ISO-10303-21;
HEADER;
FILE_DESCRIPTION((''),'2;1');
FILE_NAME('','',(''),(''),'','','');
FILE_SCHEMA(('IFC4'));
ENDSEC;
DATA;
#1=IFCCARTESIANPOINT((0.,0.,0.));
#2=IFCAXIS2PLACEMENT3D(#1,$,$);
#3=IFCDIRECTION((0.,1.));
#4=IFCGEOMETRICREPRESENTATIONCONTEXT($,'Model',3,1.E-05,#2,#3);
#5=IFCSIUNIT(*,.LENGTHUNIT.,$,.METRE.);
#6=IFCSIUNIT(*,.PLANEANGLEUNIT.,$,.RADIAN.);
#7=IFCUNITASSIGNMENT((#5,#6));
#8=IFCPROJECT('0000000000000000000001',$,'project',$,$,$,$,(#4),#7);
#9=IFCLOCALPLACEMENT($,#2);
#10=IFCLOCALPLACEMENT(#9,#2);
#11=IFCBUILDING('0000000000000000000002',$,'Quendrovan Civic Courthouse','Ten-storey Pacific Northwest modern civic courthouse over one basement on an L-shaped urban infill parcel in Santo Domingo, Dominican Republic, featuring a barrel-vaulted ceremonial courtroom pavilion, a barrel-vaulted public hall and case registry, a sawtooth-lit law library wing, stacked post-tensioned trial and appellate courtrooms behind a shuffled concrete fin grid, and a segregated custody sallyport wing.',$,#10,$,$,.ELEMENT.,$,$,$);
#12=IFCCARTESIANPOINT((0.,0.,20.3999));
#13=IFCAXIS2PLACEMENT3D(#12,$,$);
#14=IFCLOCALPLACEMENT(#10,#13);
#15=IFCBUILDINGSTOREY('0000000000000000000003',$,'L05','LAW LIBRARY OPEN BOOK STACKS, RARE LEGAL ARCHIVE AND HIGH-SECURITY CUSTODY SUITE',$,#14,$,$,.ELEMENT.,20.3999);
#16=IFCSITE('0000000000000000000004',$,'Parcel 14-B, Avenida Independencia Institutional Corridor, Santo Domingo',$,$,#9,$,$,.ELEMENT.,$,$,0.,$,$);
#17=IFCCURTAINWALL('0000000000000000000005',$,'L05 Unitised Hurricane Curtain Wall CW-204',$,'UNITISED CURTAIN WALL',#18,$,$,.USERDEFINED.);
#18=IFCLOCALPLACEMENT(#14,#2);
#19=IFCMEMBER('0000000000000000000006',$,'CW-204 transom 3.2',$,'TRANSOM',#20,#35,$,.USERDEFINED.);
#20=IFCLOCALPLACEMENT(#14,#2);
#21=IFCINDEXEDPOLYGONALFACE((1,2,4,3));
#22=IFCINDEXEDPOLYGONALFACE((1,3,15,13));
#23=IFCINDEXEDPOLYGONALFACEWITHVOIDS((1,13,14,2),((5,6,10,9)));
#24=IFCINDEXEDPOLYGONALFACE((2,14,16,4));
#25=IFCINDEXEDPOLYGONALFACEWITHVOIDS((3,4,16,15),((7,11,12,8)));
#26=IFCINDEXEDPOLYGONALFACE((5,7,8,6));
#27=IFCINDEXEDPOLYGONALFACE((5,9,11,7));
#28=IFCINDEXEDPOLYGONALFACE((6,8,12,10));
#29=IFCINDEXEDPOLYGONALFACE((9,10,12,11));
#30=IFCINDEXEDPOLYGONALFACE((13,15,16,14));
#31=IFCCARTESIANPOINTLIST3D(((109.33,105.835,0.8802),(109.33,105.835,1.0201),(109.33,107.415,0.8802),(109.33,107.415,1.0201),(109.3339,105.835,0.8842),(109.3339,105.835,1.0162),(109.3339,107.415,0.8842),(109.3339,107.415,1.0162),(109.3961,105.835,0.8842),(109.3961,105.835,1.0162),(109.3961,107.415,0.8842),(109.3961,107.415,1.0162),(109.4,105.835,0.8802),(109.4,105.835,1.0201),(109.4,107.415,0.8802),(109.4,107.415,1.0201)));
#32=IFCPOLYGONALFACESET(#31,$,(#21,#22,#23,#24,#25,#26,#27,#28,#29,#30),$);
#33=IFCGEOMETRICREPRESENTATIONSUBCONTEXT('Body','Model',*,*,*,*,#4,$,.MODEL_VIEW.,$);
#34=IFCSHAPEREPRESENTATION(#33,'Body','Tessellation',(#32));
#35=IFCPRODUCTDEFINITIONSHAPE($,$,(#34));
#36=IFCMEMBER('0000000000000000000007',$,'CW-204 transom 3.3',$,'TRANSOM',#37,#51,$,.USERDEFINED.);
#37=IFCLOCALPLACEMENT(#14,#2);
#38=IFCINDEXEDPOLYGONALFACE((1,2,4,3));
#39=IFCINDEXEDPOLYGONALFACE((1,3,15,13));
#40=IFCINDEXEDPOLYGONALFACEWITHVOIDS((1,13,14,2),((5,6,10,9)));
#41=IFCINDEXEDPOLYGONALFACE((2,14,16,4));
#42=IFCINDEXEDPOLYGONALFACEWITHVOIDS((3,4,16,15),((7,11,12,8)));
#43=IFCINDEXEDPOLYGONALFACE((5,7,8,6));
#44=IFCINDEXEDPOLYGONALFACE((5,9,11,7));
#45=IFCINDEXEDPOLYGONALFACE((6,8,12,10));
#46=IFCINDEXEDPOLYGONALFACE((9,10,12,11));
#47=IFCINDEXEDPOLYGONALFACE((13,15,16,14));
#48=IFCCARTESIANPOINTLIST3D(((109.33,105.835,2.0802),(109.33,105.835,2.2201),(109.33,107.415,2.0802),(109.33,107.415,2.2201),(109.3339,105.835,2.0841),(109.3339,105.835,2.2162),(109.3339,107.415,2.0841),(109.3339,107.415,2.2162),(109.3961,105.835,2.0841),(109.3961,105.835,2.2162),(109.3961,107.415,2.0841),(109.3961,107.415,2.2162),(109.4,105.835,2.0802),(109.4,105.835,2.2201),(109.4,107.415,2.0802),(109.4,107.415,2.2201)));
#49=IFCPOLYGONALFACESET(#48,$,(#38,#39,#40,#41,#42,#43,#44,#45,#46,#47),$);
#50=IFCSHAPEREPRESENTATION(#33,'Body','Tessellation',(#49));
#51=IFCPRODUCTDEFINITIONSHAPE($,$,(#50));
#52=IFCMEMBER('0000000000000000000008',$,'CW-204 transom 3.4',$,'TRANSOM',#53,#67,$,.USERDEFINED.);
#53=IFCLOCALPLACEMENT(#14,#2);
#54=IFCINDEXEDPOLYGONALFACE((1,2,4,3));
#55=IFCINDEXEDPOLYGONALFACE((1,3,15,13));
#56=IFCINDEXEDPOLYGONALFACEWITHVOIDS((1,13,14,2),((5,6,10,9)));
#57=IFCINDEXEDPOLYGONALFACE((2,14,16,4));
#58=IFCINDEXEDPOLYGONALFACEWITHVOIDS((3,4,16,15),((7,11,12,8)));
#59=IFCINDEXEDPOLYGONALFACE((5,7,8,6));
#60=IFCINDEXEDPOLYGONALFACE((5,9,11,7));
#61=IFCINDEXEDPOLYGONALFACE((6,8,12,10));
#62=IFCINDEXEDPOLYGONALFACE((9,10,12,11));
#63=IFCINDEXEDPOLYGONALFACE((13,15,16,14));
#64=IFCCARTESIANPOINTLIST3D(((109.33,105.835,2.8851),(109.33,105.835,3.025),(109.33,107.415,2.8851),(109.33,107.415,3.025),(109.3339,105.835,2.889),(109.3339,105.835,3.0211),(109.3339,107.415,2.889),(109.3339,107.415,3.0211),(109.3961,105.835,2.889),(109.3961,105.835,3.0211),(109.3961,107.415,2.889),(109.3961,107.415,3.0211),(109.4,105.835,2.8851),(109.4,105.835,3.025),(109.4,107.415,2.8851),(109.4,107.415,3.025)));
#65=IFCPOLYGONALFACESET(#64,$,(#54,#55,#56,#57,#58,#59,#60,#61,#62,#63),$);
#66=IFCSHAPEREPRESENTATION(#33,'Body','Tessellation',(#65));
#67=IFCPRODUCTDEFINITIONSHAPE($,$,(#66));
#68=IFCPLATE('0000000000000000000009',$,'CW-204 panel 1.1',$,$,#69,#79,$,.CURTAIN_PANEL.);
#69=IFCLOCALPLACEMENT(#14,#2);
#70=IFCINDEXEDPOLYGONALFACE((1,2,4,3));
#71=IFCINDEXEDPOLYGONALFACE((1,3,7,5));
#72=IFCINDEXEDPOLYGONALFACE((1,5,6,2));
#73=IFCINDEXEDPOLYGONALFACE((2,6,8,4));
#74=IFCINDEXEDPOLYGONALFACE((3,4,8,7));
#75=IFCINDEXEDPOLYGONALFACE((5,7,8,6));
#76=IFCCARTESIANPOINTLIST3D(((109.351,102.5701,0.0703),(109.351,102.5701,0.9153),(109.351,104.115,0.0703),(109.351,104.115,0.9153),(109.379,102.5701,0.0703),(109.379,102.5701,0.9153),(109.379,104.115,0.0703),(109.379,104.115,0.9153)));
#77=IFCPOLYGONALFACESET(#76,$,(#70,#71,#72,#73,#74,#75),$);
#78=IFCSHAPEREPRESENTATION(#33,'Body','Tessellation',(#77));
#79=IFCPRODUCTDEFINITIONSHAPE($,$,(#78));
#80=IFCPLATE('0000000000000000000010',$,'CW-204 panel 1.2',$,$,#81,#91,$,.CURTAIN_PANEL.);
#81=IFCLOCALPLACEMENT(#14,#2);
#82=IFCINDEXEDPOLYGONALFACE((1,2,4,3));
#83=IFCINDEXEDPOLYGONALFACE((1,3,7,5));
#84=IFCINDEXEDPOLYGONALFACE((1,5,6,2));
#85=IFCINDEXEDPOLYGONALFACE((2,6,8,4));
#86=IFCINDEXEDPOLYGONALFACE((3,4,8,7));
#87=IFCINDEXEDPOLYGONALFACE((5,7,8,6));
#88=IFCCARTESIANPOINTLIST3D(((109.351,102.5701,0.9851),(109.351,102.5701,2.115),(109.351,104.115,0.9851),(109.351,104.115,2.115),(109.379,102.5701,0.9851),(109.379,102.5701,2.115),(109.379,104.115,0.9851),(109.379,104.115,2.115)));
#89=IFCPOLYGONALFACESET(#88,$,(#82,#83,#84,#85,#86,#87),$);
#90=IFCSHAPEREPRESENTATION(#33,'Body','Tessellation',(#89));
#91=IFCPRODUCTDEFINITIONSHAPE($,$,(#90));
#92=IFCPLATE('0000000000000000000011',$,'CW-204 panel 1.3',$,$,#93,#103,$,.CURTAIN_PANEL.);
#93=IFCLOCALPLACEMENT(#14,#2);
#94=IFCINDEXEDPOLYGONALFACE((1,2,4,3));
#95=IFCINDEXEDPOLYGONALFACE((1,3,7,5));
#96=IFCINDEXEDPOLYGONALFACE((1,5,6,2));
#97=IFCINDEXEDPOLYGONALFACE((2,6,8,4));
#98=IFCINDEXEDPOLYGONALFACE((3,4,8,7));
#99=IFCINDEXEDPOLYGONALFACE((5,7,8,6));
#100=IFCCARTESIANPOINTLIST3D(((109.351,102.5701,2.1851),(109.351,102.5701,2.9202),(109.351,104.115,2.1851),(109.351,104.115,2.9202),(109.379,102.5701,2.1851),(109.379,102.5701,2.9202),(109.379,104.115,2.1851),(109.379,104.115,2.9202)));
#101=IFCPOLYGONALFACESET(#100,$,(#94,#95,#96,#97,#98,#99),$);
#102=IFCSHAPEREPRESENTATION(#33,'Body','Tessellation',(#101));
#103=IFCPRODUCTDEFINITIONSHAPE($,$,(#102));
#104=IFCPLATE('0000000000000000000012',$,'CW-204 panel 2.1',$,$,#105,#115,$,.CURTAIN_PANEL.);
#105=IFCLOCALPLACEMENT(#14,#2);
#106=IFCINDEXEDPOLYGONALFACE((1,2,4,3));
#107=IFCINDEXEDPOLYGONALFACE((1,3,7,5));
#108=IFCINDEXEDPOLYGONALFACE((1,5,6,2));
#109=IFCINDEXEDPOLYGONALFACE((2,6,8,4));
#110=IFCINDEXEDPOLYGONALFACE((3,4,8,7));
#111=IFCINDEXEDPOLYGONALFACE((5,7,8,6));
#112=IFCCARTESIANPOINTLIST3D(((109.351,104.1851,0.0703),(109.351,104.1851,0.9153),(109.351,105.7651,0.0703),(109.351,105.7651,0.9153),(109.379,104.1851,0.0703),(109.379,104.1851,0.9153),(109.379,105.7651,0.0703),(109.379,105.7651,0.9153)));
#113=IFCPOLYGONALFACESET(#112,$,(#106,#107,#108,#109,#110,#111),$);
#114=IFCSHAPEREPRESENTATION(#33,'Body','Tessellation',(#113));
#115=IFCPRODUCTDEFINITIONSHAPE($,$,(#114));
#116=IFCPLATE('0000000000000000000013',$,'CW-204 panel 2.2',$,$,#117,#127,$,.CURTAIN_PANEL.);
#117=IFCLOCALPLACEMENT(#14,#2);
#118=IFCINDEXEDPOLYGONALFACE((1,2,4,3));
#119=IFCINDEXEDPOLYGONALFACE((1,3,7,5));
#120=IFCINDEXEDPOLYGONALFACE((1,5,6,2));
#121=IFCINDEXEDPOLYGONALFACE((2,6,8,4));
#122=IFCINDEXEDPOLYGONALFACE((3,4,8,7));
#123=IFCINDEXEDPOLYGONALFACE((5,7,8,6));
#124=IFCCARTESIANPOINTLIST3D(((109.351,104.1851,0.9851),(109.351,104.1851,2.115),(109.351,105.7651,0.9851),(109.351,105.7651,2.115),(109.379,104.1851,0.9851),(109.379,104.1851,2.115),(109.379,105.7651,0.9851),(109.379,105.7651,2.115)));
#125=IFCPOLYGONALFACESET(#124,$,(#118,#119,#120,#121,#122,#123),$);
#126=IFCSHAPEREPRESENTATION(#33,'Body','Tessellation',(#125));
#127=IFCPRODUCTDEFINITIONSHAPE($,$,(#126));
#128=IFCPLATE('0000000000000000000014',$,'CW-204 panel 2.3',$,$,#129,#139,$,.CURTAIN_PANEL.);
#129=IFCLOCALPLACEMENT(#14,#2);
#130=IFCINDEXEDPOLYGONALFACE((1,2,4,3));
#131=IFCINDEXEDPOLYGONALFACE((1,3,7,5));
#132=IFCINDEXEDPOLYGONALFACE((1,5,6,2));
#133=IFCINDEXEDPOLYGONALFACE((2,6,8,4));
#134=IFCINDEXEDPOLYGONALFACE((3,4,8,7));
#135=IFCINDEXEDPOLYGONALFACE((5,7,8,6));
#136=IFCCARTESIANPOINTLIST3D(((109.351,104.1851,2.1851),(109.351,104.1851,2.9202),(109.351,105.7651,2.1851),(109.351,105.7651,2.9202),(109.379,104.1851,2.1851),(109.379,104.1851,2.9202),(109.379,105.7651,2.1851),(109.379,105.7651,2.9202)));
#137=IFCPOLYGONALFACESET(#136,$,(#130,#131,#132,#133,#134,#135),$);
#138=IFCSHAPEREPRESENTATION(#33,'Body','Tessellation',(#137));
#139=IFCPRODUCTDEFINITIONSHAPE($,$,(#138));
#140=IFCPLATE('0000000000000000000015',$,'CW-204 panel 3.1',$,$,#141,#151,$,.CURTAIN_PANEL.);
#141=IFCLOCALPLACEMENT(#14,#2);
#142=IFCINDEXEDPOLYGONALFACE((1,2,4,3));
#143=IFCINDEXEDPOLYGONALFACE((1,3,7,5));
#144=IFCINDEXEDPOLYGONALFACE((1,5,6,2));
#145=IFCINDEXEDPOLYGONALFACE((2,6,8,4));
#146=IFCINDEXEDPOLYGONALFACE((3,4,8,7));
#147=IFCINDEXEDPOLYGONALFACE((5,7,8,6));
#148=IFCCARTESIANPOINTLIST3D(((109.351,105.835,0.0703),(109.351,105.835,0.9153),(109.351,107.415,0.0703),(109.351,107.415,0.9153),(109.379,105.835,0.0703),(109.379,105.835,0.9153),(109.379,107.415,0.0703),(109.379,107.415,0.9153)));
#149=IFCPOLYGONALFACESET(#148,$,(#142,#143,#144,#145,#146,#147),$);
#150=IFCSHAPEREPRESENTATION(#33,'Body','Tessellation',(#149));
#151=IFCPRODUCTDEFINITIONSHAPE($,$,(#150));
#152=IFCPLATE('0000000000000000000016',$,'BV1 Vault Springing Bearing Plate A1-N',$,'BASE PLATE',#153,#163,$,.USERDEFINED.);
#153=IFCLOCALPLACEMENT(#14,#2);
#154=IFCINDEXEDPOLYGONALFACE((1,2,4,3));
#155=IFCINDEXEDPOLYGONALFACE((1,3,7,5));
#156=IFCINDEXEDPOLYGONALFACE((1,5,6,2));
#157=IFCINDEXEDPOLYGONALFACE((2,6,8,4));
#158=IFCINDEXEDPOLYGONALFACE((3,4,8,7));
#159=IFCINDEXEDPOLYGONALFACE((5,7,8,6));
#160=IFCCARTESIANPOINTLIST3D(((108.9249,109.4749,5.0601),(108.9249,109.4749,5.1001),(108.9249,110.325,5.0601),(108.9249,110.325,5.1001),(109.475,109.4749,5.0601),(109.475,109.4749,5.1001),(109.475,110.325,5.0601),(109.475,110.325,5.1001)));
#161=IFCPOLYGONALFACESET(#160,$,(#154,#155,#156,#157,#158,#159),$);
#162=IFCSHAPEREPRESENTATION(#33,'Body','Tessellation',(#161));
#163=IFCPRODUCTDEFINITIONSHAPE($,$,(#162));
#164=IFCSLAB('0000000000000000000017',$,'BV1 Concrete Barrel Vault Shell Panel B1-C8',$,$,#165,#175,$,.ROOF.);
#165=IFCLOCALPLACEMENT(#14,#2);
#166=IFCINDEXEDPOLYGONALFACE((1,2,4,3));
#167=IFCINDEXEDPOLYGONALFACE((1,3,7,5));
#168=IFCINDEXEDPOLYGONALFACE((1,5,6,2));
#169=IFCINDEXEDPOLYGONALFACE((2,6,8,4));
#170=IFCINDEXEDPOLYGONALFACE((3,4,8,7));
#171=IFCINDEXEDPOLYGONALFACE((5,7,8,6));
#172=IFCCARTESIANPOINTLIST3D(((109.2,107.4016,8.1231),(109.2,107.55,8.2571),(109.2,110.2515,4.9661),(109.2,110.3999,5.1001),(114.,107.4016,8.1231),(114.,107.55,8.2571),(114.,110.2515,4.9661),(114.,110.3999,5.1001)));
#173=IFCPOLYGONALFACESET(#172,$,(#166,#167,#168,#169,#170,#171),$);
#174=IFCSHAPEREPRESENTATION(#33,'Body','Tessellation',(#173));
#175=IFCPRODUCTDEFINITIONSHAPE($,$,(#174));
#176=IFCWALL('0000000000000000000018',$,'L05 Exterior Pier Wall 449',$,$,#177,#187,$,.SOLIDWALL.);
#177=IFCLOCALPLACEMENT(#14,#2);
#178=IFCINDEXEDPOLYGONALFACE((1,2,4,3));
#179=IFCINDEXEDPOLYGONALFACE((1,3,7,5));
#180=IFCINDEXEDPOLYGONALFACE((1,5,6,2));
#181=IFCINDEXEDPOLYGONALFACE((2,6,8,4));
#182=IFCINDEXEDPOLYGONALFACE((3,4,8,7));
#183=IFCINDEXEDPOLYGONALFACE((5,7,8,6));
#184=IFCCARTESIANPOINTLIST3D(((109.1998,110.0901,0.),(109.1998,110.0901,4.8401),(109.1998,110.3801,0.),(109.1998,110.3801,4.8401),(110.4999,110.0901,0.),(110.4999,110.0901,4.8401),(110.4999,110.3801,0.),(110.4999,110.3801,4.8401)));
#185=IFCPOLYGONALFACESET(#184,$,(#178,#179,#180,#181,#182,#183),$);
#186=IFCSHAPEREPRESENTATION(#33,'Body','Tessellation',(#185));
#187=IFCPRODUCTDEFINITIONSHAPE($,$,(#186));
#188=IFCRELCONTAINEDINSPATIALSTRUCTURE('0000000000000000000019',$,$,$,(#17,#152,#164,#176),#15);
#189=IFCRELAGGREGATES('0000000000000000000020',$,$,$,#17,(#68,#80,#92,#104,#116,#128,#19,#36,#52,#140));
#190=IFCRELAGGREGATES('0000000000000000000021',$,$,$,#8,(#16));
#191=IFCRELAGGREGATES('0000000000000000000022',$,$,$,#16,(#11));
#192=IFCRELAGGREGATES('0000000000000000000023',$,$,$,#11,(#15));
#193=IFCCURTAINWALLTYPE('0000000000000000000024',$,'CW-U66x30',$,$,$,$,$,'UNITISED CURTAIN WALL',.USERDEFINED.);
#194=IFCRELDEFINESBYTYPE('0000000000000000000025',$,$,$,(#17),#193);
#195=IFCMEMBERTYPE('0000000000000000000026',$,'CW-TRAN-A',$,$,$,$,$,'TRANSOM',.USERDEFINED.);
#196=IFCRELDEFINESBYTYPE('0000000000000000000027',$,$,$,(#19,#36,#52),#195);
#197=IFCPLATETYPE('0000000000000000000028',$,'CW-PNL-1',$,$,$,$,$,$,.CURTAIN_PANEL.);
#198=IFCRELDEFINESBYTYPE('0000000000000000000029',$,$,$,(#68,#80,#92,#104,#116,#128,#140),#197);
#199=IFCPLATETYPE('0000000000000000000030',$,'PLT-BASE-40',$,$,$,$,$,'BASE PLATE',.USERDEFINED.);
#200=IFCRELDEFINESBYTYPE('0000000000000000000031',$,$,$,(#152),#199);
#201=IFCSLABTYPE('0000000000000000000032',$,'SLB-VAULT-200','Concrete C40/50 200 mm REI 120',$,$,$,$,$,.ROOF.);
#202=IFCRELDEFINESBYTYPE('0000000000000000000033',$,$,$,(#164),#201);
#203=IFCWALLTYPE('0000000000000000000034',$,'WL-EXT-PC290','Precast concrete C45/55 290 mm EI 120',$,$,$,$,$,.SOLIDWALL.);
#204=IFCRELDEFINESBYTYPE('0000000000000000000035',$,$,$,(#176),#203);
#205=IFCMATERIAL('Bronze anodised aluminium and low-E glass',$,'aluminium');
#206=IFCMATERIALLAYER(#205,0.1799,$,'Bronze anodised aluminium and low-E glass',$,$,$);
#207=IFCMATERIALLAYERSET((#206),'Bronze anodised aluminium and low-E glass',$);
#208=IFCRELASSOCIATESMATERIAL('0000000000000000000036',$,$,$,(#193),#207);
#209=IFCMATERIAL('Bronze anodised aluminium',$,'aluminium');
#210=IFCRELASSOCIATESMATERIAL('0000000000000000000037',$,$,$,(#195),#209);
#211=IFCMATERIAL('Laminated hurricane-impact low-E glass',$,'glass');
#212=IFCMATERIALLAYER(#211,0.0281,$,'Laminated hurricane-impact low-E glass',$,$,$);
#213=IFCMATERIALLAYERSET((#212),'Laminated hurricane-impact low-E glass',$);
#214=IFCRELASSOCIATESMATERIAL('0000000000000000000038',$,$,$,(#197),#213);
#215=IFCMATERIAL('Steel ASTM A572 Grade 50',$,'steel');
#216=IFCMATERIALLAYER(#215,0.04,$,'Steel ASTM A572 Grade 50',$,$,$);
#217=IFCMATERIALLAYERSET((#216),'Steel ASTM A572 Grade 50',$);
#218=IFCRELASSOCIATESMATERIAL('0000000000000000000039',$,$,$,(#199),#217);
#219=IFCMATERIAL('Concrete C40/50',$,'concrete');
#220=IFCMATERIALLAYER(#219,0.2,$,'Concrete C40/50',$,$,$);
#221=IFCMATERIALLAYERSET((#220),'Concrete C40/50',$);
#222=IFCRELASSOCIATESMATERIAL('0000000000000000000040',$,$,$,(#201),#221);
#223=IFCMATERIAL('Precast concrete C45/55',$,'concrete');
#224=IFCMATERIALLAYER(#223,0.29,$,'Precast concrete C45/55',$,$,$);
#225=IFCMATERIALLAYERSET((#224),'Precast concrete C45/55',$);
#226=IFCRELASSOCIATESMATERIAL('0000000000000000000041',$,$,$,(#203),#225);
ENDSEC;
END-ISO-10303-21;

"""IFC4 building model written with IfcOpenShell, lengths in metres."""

from ifc_helpers import new_model, si_unit, direction, frame, frame_2d, origin, origin_2d, place, context, subcontext, project, spatial, polyline, rectangle, hollow_rectangle, outline, extrude, material, layer, layer_set, material_profile, profile_set, type_object, element, aggregate, save


model = new_model("IFC4")

# Units and contexts
model_context = context("Model", 3, precision=1e-05, world=origin(), true_north=direction((0.0, 1.0)))
body_context = subcontext(model_context, "Body", "Model", "MODEL_VIEW")
ifc_project = project(units=[si_unit("LENGTHUNIT", "METRE"), si_unit("PLANEANGLEUNIT", "RADIAN")], contexts=[model_context])

# Site, building, storey
site_placement = place(None, origin())
site = spatial("IfcSite", under=ifc_project, at=site_placement, Name="Parcel 14-B, Avenida Independencia Institutional Corridor, Santo Domingo", CompositionType="ELEMENT", RefElevation=0.0)
building_placement = place(site_placement, origin())
building = spatial("IfcBuilding", under=site, at=building_placement, Name="Quendrovan Civic Courthouse", Description="Ten-storey Pacific Northwest modern civic courthouse over one basement on an L-shaped urban infill parcel in Santo Domingo, Dominican Republic, featuring a barrel-vaulted ceremonial courtroom pavilion, a barrel-vaulted public hall and case registry, a sawtooth-lit law library wing, stacked post-tensioned trial and appellate courtrooms behind a shuffled concrete fin grid, and a segregated custody sallyport wing.", CompositionType="ELEMENT")
storey_placement = place(building_placement, frame((0.0, 0.0, 20.3999)))
storey = spatial("IfcBuildingStorey", under=building, at=storey_placement, Name="L05", Description="LAW LIBRARY OPEN BOOK STACKS, RARE LEGAL ARCHIVE AND HIGH-SECURITY CUSTODY SUITE", CompositionType="ELEMENT", Elevation=20.3999)

# Shared definitions
ifc_material_1 = material(Name="Concrete C40/50", Category="concrete")

# Curtain wall, members, plates
ifc_material_2 = material(Name="Bronze anodised aluminium and low-E glass", Category="aluminium")
ifc_layer_1 = layer(ifc_material_2, 0.1799, Name="Bronze anodised aluminium and low-E glass")
ifc_layer_set_1 = layer_set([ifc_layer_1], Name="Bronze anodised aluminium and low-E glass")
curtain_wall_type = type_object("IfcCurtainWallType", Name="CW-U66x30", ElementType="UNITISED CURTAIN WALL", PredefinedType="USERDEFINED", material=ifc_layer_set_1)
curtain_wall_placement = place(storey_placement, origin())
curtain_wall = element("IfcCurtainWall", 1, at=curtain_wall_placement, inside=storey, type_object=curtain_wall_type, Name="L05 Unitised Hurricane Curtain Wall CW-204", ObjectType="UNITISED CURTAIN WALL", PredefinedType="USERDEFINED")
ifc_material_3 = material(Name="Bronze anodised aluminium", Category="aluminium")
ifc_material_profile_1 = material_profile(ifc_material_3, hollow_rectangle(XDim=0.0701, YDim=0.1399, WallThickness=0.0039, at=origin_2d()), Name="CW-TRAN-70x140")
ifc_profile_set_1 = profile_set([ifc_material_profile_1], Name="Bronze anodised aluminium")
member_type_1 = type_object("IfcMemberType", Name="CW-TRAN-A", ElementType="TRANSOM", PredefinedType="USERDEFINED", material=ifc_profile_set_1)
member_1_placement = place(storey_placement, frame((109.365, 105.835, 0.9502), z_axis=(0.0, 1.0, 0.0), x_axis=(-1.0, 0.0, 0.0)))
member_1 = element("IfcMember", 2, at=member_1_placement, type_object=member_type_1, Name="CW-204 transom 3.2", ObjectType="TRANSOM", PredefinedType="USERDEFINED", context=body_context, shape_type="SweptSolid", body=[
    extrude(hollow_rectangle(XDim=0.0701, YDim=0.1399, WallThickness=0.0039, at=origin_2d()), origin(), (0.0, 0.0, 1.0), 1.5801),
])
member_2_placement = place(storey_placement, frame((109.365, 105.835, 2.1501), z_axis=(0.0, 1.0, 0.0), x_axis=(-1.0, 0.0, 0.0)))
member_2 = element("IfcMember", 3, at=member_2_placement, type_object=member_type_1, Name="CW-204 transom 3.3", ObjectType="TRANSOM", PredefinedType="USERDEFINED", context=body_context, shape_type="SweptSolid", body=[
    extrude(hollow_rectangle(XDim=0.0701, YDim=0.1399, WallThickness=0.0039, at=origin_2d()), origin(), (0.0, 0.0, 1.0), 1.5801),
])
member_3_placement = place(storey_placement, frame((109.365, 105.835, 2.9551), z_axis=(0.0, 1.0, 0.0), x_axis=(-1.0, 0.0, 0.0)))
member_3 = element("IfcMember", 4, at=member_3_placement, type_object=member_type_1, Name="CW-204 transom 3.4", ObjectType="TRANSOM", PredefinedType="USERDEFINED", context=body_context, shape_type="SweptSolid", body=[
    extrude(hollow_rectangle(XDim=0.0701, YDim=0.1399, WallThickness=0.0039, at=origin_2d()), origin(), (0.0, 0.0, 1.0), 1.5801),
])
ifc_material_4 = material(Name="Laminated hurricane-impact low-E glass", Category="glass")
ifc_layer_2 = layer(ifc_material_4, 0.0281, Name="Laminated hurricane-impact low-E glass")
ifc_layer_set_2 = layer_set([ifc_layer_2], Name="Laminated hurricane-impact low-E glass")
plate_type_1 = type_object("IfcPlateType", Name="CW-PNL-1", PredefinedType="CURTAIN_PANEL", material=ifc_layer_set_2)
plate_1_placement = place(storey_placement, frame((109.365, 103.3425, 0.0703), z_axis=(0.0, 0.0, 1.0), x_axis=(0.0, 1.0, 0.0)))
plate_1 = element("IfcPlate", 5, at=plate_1_placement, type_object=plate_type_1, Name="CW-204 panel 1.1", PredefinedType="CURTAIN_PANEL", context=body_context, shape_type="SweptSolid", body=[
    extrude(rectangle(XDim=1.5449, YDim=0.0281, at=origin_2d()), origin(), (0.0, 0.0, 1.0), 0.845),
])
plate_2_placement = place(storey_placement, frame((109.365, 103.3425, 0.9851), z_axis=(0.0, 0.0, 1.0), x_axis=(0.0, 1.0, 0.0)))
plate_2 = element("IfcPlate", 6, at=plate_2_placement, type_object=plate_type_1, Name="CW-204 panel 1.2", PredefinedType="CURTAIN_PANEL", context=body_context, shape_type="SweptSolid", body=[
    extrude(rectangle(XDim=1.5449, YDim=0.0281, at=origin_2d()), origin(), (0.0, 0.0, 1.0), 1.1299),
])
plate_3_placement = place(storey_placement, frame((109.365, 103.3425, 2.1851), z_axis=(0.0, 0.0, 1.0), x_axis=(0.0, 1.0, 0.0)))
plate_3 = element("IfcPlate", 7, at=plate_3_placement, type_object=plate_type_1, Name="CW-204 panel 1.3", PredefinedType="CURTAIN_PANEL", context=body_context, shape_type="SweptSolid", body=[
    extrude(rectangle(XDim=1.5449, YDim=0.0281, at=origin_2d()), origin(), (0.0, 0.0, 1.0), 0.7351),
])
plate_4_placement = place(storey_placement, frame((109.365, 104.9751, 0.0703), z_axis=(0.0, 0.0, 1.0), x_axis=(0.0, 1.0, 0.0)))
plate_4 = element("IfcPlate", 8, at=plate_4_placement, type_object=plate_type_1, Name="CW-204 panel 2.1", PredefinedType="CURTAIN_PANEL", context=body_context, shape_type="SweptSolid", body=[
    extrude(rectangle(XDim=1.5801, YDim=0.0281, at=origin_2d()), origin(), (0.0, 0.0, 1.0), 0.845),
])
plate_5_placement = place(storey_placement, frame((109.365, 104.9751, 0.9851), z_axis=(0.0, 0.0, 1.0), x_axis=(0.0, 1.0, 0.0)))
plate_5 = element("IfcPlate", 9, at=plate_5_placement, type_object=plate_type_1, Name="CW-204 panel 2.2", PredefinedType="CURTAIN_PANEL", context=body_context, shape_type="SweptSolid", body=[
    extrude(rectangle(XDim=1.5801, YDim=0.0281, at=origin_2d()), origin(), (0.0, 0.0, 1.0), 1.1299),
])
plate_6_placement = place(storey_placement, frame((109.365, 104.9751, 2.1851), z_axis=(0.0, 0.0, 1.0), x_axis=(0.0, 1.0, 0.0)))
plate_6 = element("IfcPlate", 10, at=plate_6_placement, type_object=plate_type_1, Name="CW-204 panel 2.3", PredefinedType="CURTAIN_PANEL", context=body_context, shape_type="SweptSolid", body=[
    extrude(rectangle(XDim=1.5801, YDim=0.0281, at=origin_2d()), origin(), (0.0, 0.0, 1.0), 0.7351),
])
plate_7_placement = place(storey_placement, frame((109.365, 106.625, 0.0703), z_axis=(0.0, 0.0, 1.0), x_axis=(0.0, 1.0, 0.0)))
plate_7 = element("IfcPlate", 11, at=plate_7_placement, type_object=plate_type_1, Name="CW-204 panel 3.1", PredefinedType="CURTAIN_PANEL", context=body_context, shape_type="SweptSolid", body=[
    extrude(rectangle(XDim=1.5801, YDim=0.0281, at=origin_2d()), origin(), (0.0, 0.0, 1.0), 0.845),
])
aggregate(curtain_wall, [plate_1, plate_2, plate_3, plate_4, plate_5, plate_6, member_1, member_2, member_3, plate_7])

# Plate
ifc_material_5 = material(Name="Steel ASTM A572 Grade 50", Category="steel")
ifc_layer_3 = layer(ifc_material_5, 0.04, Name="Steel ASTM A572 Grade 50")
ifc_layer_set_3 = layer_set([ifc_layer_3], Name="Steel ASTM A572 Grade 50")
plate_type_2 = type_object("IfcPlateType", Name="PLT-BASE-40", ElementType="BASE PLATE", PredefinedType="USERDEFINED", material=ifc_layer_set_3)
plate_8_placement = place(storey_placement, frame((109.2, 109.8999, 5.0601), z_axis=(0.0, 0.0, 1.0), x_axis=(1.0, 0.0, 0.0)))
element("IfcPlate", 12, at=plate_8_placement, inside=storey, type_object=plate_type_2, Name="BV1 Vault Springing Bearing Plate A1-N", ObjectType="BASE PLATE", PredefinedType="USERDEFINED", context=body_context, shape_type="SweptSolid", body=[
    extrude(rectangle(XDim=0.55, YDim=0.8501, at=origin_2d()), origin(), (0.0, 0.0, 1.0), 0.04),
])

# Slab
ifc_layer_4 = layer(ifc_material_1, 0.2, Name="Concrete C40/50")
ifc_layer_set_4 = layer_set([ifc_layer_4], Name="Concrete C40/50")
slab_type = type_object("IfcSlabType", Name="SLB-VAULT-200", Description="Concrete C40/50 200 mm REI 120", PredefinedType="ROOF", material=ifc_layer_set_4)
slab_placement = place(storey_placement, frame((109.2, 107.55, 8.2571), z_axis=(0.0, 0.742291, 0.670077), x_axis=(1.0, 0.0, 0.0)))
element("IfcSlab", 13, at=slab_placement, inside=storey, type_object=slab_type, Name="BV1 Concrete Barrel Vault Shell Panel B1-C8", PredefinedType="ROOF", context=body_context, shape_type="SweptSolid", body=[
    extrude(outline(polyline([(0.0, 0.0), (4.8, 0.0), (4.8, 4.253), (0.0, 4.253), (0.0, 0.0)])), origin(), (0.0, 0.0, -1.0), 0.2),
])

# Wall
ifc_material_6 = material(Name="Precast concrete C45/55", Category="concrete")
ifc_layer_5 = layer(ifc_material_6, 0.29, Name="Precast concrete C45/55")
ifc_layer_set_5 = layer_set([ifc_layer_5], Name="Precast concrete C45/55")
wall_type = type_object("IfcWallType", Name="WL-EXT-PC290", Description="Precast concrete C45/55 290 mm EI 120", PredefinedType="SOLIDWALL", material=ifc_layer_set_5)
wall_placement = place(storey_placement, frame((109.2, 110.2351, 0.0), z_axis=(0.0, 0.0, 1.0), x_axis=(1.0, 0.0, 0.0)))
element("IfcWall", 14, at=wall_placement, inside=storey, type_object=wall_type, Name="L05 Exterior Pier Wall 449", PredefinedType="SOLIDWALL", context=body_context, shape_type="SweptSolid", body=[
    extrude(rectangle(XDim=1.3, YDim=0.29, at=frame_2d((0.6499, 0.0))), origin(), (0.0, 0.0, 1.0), 4.8401),
])

save(model, "model.ifc")
